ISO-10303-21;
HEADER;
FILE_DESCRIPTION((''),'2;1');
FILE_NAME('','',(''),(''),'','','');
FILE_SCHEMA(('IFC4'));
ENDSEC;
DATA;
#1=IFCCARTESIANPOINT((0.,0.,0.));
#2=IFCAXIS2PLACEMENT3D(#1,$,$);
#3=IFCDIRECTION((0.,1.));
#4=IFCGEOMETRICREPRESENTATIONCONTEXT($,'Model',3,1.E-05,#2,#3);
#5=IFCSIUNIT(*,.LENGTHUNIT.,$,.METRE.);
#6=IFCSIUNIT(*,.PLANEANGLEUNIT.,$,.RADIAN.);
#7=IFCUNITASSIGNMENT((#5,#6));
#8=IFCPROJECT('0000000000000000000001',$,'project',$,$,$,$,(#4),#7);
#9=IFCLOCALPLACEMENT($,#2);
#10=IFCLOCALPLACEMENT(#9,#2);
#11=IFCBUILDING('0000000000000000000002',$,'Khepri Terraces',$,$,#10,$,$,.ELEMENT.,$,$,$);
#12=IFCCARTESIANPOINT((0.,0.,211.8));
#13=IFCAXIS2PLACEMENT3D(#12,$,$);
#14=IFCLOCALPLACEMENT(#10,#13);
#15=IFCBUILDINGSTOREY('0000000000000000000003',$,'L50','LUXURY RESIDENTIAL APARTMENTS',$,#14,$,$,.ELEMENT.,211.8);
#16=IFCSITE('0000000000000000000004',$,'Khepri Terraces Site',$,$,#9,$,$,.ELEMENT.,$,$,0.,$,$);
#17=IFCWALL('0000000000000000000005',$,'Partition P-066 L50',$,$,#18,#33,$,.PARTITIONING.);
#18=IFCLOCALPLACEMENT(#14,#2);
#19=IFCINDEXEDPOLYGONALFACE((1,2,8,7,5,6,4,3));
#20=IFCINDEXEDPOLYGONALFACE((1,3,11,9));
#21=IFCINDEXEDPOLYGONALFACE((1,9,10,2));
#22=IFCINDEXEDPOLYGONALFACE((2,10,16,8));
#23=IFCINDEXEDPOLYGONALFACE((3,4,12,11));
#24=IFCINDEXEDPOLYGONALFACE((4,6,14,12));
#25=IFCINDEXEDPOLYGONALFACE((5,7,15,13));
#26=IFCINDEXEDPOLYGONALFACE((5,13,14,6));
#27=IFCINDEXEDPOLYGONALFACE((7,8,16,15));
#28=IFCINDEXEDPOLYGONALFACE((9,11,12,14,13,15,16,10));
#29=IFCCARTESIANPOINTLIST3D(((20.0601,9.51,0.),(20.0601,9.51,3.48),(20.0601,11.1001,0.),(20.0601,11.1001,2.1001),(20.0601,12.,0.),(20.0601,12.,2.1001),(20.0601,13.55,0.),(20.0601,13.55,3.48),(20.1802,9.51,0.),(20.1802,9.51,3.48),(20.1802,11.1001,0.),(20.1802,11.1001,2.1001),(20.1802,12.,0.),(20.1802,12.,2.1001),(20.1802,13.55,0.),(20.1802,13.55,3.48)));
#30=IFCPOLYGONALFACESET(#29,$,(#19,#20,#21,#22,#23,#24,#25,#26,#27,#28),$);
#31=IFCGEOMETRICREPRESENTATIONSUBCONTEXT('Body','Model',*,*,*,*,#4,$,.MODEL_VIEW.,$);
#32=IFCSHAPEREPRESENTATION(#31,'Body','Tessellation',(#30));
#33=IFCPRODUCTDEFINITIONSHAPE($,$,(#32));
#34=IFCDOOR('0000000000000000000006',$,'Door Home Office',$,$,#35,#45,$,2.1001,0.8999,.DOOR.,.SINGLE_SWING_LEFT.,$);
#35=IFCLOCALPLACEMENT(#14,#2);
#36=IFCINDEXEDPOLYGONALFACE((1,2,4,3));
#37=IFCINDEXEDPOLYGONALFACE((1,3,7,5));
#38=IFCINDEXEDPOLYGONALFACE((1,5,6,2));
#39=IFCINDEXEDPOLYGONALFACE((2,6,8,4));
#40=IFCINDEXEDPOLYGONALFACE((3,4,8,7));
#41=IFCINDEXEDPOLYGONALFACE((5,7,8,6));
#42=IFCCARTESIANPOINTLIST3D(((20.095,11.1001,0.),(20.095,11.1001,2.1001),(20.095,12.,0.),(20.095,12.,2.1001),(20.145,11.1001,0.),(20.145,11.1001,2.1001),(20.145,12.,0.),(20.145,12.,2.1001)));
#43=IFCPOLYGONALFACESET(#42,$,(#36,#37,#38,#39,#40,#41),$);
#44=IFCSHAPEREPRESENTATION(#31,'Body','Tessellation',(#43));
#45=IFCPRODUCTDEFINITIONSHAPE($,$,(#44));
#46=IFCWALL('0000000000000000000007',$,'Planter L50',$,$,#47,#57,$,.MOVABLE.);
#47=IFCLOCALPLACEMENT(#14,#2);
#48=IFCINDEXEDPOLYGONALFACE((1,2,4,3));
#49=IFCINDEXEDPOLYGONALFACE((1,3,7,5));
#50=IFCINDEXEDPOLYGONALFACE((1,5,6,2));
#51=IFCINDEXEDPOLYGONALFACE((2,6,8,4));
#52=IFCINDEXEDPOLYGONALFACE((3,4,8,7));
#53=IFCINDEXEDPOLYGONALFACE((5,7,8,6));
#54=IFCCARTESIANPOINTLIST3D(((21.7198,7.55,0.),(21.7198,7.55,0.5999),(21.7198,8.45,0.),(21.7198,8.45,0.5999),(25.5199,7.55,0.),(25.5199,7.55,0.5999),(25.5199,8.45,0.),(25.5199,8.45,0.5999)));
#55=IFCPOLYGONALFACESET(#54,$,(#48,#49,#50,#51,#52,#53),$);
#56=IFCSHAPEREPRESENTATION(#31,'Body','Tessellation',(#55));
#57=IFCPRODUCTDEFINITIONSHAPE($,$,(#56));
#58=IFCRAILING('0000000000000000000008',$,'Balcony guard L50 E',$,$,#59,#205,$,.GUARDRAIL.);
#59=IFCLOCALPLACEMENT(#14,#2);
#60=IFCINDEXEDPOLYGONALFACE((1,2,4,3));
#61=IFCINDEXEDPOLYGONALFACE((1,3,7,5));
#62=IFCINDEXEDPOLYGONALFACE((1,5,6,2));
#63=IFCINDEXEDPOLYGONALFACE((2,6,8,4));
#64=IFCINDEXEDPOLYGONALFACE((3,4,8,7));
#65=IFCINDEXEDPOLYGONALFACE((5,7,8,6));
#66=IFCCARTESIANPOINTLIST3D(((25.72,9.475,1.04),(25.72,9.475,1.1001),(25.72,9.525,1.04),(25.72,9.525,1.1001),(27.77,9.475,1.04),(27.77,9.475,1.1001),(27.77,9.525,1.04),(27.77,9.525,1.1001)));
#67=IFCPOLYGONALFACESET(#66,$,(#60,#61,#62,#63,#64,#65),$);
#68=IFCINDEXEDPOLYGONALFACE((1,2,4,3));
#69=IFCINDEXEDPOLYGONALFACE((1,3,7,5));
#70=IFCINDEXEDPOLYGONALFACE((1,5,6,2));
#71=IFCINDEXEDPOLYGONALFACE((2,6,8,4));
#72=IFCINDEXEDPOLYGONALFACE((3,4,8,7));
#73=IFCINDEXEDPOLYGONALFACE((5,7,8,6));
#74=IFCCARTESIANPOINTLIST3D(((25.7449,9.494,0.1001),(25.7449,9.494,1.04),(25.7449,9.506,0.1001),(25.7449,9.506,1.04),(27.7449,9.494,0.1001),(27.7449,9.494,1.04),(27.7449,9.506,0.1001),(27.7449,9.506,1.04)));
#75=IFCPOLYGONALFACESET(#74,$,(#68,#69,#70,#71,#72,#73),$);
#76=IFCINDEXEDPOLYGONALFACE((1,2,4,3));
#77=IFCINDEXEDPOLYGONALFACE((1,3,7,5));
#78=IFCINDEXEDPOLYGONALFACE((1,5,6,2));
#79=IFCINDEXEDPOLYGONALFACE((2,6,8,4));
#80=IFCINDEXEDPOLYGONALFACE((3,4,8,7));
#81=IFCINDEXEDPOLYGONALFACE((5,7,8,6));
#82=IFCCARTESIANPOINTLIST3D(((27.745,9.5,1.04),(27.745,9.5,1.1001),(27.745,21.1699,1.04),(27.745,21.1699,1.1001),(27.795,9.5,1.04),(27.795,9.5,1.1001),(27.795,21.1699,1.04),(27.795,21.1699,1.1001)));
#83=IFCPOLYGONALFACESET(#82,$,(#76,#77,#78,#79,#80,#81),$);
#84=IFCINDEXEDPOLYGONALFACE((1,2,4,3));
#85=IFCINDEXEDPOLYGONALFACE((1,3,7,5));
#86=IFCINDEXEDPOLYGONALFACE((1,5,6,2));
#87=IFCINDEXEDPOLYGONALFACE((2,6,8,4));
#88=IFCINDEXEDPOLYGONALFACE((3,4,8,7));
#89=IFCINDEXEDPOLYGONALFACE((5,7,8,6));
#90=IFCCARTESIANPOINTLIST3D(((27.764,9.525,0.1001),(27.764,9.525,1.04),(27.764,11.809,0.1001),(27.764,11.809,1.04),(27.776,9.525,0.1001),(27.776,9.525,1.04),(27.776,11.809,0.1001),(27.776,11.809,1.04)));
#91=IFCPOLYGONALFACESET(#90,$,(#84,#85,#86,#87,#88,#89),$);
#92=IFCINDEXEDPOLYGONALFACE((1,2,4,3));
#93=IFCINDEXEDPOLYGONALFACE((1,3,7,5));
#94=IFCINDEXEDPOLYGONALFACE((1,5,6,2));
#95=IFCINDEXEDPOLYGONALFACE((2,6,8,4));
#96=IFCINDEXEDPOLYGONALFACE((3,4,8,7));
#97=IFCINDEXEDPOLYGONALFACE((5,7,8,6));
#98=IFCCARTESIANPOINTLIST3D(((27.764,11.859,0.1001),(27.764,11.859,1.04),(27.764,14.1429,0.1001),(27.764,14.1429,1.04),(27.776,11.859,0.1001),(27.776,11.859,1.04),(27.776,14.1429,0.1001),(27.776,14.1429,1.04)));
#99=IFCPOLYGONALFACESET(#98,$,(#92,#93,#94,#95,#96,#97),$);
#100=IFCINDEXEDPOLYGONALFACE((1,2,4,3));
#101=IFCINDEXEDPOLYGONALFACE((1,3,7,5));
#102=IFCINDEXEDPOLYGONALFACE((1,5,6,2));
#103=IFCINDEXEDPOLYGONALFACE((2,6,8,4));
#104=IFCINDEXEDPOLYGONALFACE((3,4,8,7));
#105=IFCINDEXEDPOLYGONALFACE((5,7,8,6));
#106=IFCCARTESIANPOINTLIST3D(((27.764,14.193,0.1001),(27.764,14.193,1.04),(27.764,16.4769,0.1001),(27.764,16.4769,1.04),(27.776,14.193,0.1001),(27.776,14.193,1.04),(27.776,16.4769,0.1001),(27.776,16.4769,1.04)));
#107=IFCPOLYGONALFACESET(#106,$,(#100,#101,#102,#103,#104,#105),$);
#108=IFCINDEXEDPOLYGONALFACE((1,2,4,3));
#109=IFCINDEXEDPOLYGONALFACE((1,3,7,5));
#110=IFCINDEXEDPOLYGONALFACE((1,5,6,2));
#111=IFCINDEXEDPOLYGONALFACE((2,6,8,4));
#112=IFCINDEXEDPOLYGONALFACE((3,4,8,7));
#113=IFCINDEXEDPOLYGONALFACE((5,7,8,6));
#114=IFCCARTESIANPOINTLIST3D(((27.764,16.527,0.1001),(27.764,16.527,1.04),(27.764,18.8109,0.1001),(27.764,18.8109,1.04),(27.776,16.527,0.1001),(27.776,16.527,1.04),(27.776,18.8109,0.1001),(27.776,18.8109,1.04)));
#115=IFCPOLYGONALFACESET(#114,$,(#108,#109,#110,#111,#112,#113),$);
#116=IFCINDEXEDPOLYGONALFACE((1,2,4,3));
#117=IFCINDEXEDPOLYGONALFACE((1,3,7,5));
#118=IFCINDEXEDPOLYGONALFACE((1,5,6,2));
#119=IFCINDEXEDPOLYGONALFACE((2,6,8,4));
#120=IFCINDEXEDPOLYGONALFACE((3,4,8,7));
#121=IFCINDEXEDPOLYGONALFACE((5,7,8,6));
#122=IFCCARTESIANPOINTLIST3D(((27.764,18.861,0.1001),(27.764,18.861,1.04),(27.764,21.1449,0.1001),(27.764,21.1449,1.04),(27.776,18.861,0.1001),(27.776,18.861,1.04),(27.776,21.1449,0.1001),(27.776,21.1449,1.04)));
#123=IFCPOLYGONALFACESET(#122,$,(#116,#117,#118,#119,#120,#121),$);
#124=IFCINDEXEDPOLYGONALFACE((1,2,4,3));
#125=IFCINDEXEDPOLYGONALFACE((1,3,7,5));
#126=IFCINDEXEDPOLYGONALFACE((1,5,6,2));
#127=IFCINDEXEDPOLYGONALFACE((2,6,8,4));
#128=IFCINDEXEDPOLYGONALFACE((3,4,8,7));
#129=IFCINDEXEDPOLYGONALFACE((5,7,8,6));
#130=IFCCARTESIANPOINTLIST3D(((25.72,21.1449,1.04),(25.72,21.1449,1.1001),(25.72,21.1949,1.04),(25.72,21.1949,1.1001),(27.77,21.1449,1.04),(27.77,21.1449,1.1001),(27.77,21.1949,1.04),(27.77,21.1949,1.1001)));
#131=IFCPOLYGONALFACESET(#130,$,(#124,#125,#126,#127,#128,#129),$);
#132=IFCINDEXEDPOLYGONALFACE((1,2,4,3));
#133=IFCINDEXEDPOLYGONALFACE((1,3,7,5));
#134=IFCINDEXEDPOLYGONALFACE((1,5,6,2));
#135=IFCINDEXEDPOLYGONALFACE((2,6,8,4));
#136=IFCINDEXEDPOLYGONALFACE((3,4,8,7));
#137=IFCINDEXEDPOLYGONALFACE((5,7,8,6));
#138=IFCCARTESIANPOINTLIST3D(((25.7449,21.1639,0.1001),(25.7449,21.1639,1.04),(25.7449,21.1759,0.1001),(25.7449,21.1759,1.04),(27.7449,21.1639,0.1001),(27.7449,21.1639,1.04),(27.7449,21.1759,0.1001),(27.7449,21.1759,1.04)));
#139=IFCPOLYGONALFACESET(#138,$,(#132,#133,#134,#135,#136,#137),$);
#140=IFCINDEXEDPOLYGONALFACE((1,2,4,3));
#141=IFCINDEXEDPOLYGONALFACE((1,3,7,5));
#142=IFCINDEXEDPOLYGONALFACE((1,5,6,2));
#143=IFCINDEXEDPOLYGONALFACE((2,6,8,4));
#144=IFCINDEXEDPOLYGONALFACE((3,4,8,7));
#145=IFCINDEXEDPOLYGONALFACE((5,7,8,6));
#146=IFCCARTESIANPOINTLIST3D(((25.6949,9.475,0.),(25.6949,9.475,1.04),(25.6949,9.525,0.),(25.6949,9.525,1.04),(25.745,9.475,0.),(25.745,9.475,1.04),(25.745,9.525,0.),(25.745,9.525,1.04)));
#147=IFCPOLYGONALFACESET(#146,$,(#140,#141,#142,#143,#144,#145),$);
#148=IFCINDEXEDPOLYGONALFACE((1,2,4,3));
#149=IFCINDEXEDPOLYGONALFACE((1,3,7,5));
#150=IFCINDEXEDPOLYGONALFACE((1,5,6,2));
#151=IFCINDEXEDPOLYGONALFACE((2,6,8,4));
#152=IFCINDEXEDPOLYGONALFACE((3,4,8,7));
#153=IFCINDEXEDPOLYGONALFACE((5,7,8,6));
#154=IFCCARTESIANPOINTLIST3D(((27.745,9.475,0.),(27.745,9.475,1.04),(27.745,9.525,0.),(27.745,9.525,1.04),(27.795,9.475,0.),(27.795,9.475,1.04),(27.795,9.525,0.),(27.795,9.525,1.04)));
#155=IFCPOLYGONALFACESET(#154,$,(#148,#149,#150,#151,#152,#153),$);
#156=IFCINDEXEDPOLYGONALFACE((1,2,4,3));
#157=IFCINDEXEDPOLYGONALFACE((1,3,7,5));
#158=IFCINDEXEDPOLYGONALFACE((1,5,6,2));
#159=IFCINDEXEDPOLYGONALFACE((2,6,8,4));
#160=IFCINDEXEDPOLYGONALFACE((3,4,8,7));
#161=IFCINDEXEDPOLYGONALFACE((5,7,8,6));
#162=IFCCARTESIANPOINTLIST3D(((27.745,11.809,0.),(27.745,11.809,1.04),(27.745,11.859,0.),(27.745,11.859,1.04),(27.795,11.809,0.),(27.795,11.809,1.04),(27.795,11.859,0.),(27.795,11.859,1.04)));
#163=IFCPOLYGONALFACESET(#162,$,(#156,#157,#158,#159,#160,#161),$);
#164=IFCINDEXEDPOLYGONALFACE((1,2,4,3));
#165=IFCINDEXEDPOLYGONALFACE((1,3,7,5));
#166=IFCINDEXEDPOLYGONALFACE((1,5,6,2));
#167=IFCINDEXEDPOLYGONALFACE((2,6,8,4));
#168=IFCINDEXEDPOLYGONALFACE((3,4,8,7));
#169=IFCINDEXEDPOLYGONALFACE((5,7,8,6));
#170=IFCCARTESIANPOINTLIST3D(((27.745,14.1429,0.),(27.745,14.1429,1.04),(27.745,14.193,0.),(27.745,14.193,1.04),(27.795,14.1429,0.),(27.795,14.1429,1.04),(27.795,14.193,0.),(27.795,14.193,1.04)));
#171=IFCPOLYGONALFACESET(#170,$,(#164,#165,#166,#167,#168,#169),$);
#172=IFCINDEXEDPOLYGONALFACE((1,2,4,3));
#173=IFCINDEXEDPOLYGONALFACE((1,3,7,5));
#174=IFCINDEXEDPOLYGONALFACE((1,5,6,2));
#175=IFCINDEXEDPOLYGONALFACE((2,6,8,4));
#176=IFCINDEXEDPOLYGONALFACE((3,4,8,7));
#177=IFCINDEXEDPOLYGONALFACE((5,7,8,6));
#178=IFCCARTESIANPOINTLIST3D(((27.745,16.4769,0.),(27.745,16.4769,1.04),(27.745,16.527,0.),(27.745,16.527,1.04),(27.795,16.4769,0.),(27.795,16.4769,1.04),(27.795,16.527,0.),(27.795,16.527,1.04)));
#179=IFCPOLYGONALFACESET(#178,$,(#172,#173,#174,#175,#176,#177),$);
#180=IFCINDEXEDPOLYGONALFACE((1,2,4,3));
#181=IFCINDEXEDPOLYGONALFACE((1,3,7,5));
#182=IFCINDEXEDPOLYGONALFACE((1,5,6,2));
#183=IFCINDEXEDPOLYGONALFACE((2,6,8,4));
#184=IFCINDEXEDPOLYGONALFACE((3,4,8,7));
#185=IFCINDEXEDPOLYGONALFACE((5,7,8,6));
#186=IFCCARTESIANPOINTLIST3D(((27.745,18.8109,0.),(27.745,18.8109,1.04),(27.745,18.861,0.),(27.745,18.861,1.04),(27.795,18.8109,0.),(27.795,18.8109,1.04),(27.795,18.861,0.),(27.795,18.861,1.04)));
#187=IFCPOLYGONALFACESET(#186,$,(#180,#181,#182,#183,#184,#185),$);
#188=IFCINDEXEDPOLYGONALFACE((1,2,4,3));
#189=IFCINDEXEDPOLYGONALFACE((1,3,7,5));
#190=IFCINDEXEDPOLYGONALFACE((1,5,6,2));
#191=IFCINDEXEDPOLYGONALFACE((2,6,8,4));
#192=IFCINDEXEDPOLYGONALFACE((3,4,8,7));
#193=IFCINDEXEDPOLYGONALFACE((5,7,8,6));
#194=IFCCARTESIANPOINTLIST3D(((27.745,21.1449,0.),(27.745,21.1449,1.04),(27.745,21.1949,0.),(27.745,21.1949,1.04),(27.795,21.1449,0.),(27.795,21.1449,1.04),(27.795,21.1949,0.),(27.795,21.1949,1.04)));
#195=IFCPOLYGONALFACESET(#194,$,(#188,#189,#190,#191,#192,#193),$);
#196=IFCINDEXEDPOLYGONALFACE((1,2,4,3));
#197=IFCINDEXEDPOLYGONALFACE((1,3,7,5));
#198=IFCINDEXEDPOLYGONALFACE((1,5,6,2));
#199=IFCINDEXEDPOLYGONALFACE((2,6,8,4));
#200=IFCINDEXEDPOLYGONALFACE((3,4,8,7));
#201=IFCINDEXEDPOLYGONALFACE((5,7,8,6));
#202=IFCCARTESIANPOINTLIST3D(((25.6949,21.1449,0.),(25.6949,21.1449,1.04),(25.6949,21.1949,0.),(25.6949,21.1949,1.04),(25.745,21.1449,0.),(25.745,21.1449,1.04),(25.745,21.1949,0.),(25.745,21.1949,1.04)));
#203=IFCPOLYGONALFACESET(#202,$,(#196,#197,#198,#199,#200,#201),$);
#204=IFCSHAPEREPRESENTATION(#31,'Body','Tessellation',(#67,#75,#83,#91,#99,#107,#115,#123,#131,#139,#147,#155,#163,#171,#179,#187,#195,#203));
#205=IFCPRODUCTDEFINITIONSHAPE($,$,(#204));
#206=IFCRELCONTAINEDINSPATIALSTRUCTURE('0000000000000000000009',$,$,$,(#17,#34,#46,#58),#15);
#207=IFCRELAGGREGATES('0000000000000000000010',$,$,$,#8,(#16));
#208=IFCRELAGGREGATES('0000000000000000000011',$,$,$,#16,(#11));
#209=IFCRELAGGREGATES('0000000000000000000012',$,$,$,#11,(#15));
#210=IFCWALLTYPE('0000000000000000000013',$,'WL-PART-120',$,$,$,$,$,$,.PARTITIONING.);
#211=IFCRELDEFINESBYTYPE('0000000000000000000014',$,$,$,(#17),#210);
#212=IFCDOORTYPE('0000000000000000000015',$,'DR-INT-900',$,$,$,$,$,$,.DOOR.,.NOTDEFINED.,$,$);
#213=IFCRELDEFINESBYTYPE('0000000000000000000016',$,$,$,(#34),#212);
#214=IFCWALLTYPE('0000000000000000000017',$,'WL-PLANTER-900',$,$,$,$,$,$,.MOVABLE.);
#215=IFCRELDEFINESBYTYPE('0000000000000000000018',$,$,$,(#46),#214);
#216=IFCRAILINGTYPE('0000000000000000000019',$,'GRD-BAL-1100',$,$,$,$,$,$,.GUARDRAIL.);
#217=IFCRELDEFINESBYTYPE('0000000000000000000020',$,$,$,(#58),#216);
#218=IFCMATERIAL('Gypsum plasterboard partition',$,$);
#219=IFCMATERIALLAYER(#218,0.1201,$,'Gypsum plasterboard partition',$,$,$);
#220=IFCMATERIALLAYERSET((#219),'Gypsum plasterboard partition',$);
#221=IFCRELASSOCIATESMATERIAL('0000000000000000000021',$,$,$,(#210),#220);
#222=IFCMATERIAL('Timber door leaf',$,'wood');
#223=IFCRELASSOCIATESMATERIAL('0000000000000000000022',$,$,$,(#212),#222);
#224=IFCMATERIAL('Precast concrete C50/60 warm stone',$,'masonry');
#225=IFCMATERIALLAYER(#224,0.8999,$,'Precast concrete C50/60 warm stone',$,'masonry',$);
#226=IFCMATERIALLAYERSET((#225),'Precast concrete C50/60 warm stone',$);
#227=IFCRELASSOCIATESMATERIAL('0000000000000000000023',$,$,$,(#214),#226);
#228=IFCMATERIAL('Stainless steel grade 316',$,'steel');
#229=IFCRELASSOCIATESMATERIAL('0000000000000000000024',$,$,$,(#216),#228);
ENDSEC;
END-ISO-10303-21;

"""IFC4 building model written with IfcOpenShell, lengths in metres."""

from ifc_helpers import new_model, si_unit, direction, frame, frame_2d, origin, origin_2d, place, context, subcontext, project, spatial, rectangle, extrude, material, layer, layer_set, type_object, element, fill, save


model = new_model("IFC4")

# Units and contexts
model_context = context("Model", 3, precision=1e-05, world=origin(), true_north=direction((0.0, 1.0)))
body_context = subcontext(model_context, "Body", "Model", "MODEL_VIEW")
ifc_project = project(units=[si_unit("LENGTHUNIT", "METRE"), si_unit("PLANEANGLEUNIT", "RADIAN")], contexts=[model_context])

# Site, building, storey
site_placement = place(None, origin())
site = spatial("IfcSite", under=ifc_project, at=site_placement, Name="Khepri Terraces Site", CompositionType="ELEMENT", RefElevation=0.0)
building_placement = place(site_placement, origin())
building = spatial("IfcBuilding", under=site, at=building_placement, Name="Khepri Terraces", CompositionType="ELEMENT")
storey_placement = place(building_placement, frame((0.0, 0.0, 211.8)))
storey = spatial("IfcBuildingStorey", under=building, at=storey_placement, Name="L50", Description="LUXURY RESIDENTIAL APARTMENTS", CompositionType="ELEMENT", Elevation=211.8)

# Shared definitions
ifc_material_1 = material(Name="Precast concrete C50/60 warm stone", Category="masonry")

# Shared definitions
ifc_material_2 = material(Name="Gypsum plasterboard partition")
ifc_layer_1 = layer(ifc_material_2, 0.1201, Name="Gypsum plasterboard partition")
ifc_layer_set_1 = layer_set([ifc_layer_1], Name="Gypsum plasterboard partition")
wall_type_1 = type_object("IfcWallType", Name="WL-PART-120", PredefinedType="PARTITIONING", material=ifc_layer_set_1)

# Shared definitions
ifc_material_3 = material(Name="Timber door leaf", Category="wood")
door_type_1 = type_object("IfcDoorType", Name="DR-INT-900", OperationType="NOTDEFINED", PredefinedType="DOOR", material=ifc_material_3)

# Wall, opening, door
wall_1_placement = place(storey_placement, frame((20.1201, 9.51, 0.0), z_axis=(0.0, 0.0, 1.0), x_axis=(0.0, 1.0, 0.0)))
wall_1 = element("IfcWall", 1, at=wall_1_placement, inside=storey, type_object=wall_type_1, Name="Partition P-066 L50", PredefinedType="PARTITIONING", context=body_context, shape_type="SweptSolid", body=[
    extrude(rectangle(XDim=4.04, YDim=0.1201, at=frame_2d((2.02, 0.0))), origin(), (0.0, 0.0, 1.0), 3.48),
])
opening_1_placement = place(wall_1_placement, frame((1.5901, 0.0, 0.0)))
opening_1 = element("IfcOpeningElement", 2, at=opening_1_placement, cuts=wall_1, PredefinedType="OPENING", context=body_context, shape_type="SweptSolid", body=[
    extrude(rectangle(XDim=0.8999, YDim=2.1001, at=frame_2d((0.45, 1.05))), frame((0.0, 0.0701, 0.0), z_axis=(0.0, -1.0, 0.0), x_axis=(1.0, 0.0, 0.0)), (0.0, 0.0, 1.0), 0.1401),
])
door_1_placement = place(opening_1_placement, frame((0.8999, 0.0, 0.0), z_axis=(0.0, 0.0, 1.0), x_axis=(-1.0, 0.0, 0.0)))
door_1 = element("IfcDoor", 3, at=door_1_placement, inside=storey, type_object=door_type_1, Name="Door Home Office", OperationType="SINGLE_SWING_LEFT", OverallHeight=2.1001, OverallWidth=0.8999, PredefinedType="DOOR", context=body_context, shape_type="SweptSolid", body=[
    extrude(rectangle(XDim=0.8999, YDim=2.1001, at=frame_2d((0.45, 1.05))), frame((0.0, 0.0249, 0.0), z_axis=(0.0, -1.0, 0.0), x_axis=(1.0, 0.0, 0.0)), (0.0, 0.0, 1.0), 0.05),
])
fill(opening_1, door_1)

# Wall
ifc_layer_2 = layer(ifc_material_1, 0.8999, Name="Precast concrete C50/60 warm stone", Category="masonry")
ifc_layer_set_2 = layer_set([ifc_layer_2], Name="Precast concrete C50/60 warm stone")
wall_type_2 = type_object("IfcWallType", Name="WL-PLANTER-900", PredefinedType="MOVABLE", material=ifc_layer_set_2)
wall_2_placement = place(storey_placement, frame((21.72, 8.0, 0.0), z_axis=(0.0, 0.0, 1.0), x_axis=(1.0, 0.0, 0.0)))
element("IfcWall", 4, at=wall_2_placement, inside=storey, type_object=wall_type_2, Name="Planter L50", PredefinedType="MOVABLE", context=body_context, shape_type="SweptSolid", body=[
    extrude(rectangle(XDim=3.8, YDim=0.8999, at=frame_2d((1.8999, 0.0))), origin(), (0.0, 0.0, 1.0), 0.5999),
])

# Railing
ifc_material_4 = material(Name="Stainless steel grade 316", Category="steel")
railing_type_1 = type_object("IfcRailingType", Name="GRD-BAL-1100", PredefinedType="GUARDRAIL", material=ifc_material_4)
railing_1_placement = place(storey_placement, frame((25.72, 9.5, 0.0)))
element("IfcRailing", 5, at=railing_1_placement, inside=storey, type_object=railing_type_1, Name="Balcony guard L50 E", PredefinedType="GUARDRAIL", context=body_context, shape_type="SweptSolid", body=[
    extrude(rectangle(XDim=0.05, YDim=0.0601, at=origin_2d()), frame((0.0, 0.0, 1.0701), z_axis=(1.0, 0.0, 0.0), x_axis=(0.0, 1.0, 0.0)), (0.0, 0.0, 1.0), 2.05),
    extrude(rectangle(XDim=2.0, YDim=0.012, at=origin_2d()), frame((1.0249, 0.0, 0.1001), z_axis=(0.0, 0.0, 1.0), x_axis=(1.0, 0.0, 0.0)), (0.0, 0.0, 1.0), 0.9399),
    extrude(rectangle(XDim=0.05, YDim=0.0601, at=origin_2d()), frame((2.05, 0.0, 1.0701), z_axis=(0.0, 1.0, 0.0), x_axis=(-1.0, 0.0, 0.0)), (0.0, 0.0, 1.0), 11.6699),
    extrude(rectangle(XDim=2.2839, YDim=0.012, at=origin_2d()), frame((2.05, 1.167, 0.1001), z_axis=(0.0, 0.0, 1.0), x_axis=(0.0, 1.0, 0.0)), (0.0, 0.0, 1.0), 0.9399),
    extrude(rectangle(XDim=2.2839, YDim=0.012, at=origin_2d()), frame((2.05, 3.501, 0.1001), z_axis=(0.0, 0.0, 1.0), x_axis=(0.0, 1.0, 0.0)), (0.0, 0.0, 1.0), 0.9399),
    extrude(rectangle(XDim=2.2839, YDim=0.012, at=origin_2d()), frame((2.05, 5.835, 0.1001), z_axis=(0.0, 0.0, 1.0), x_axis=(0.0, 1.0, 0.0)), (0.0, 0.0, 1.0), 0.9399),
    extrude(rectangle(XDim=2.2839, YDim=0.012, at=origin_2d()), frame((2.05, 8.1689, 0.1001), z_axis=(0.0, 0.0, 1.0), x_axis=(0.0, 1.0, 0.0)), (0.0, 0.0, 1.0), 0.9399),
    extrude(rectangle(XDim=2.2839, YDim=0.012, at=origin_2d()), frame((2.05, 10.5029, 0.1001), z_axis=(0.0, 0.0, 1.0), x_axis=(0.0, 1.0, 0.0)), (0.0, 0.0, 1.0), 0.9399),
    extrude(rectangle(XDim=0.05, YDim=0.0601, at=origin_2d()), frame((2.05, 11.6699, 1.0701), z_axis=(-1.0, 0.0, 0.0), x_axis=(0.0, -1.0, 0.0)), (0.0, 0.0, 1.0), 2.05),
    extrude(rectangle(XDim=2.0, YDim=0.012, at=origin_2d()), frame((1.0249, 11.6699, 0.1001), z_axis=(0.0, 0.0, 1.0), x_axis=(-1.0, 0.0, 0.0)), (0.0, 0.0, 1.0), 0.9399),
    extrude(rectangle(XDim=0.05, YDim=0.05, at=origin_2d()), origin(), (0.0, 0.0, 1.0), 1.04),
    extrude(rectangle(XDim=0.05, YDim=0.05, at=origin_2d()), frame((2.05, 0.0, 0.0)), (0.0, 0.0, 1.0), 1.04),
    extrude(rectangle(XDim=0.05, YDim=0.05, at=origin_2d()), frame((2.05, 2.334, 0.0)), (0.0, 0.0, 1.0), 1.04),
    extrude(rectangle(XDim=0.05, YDim=0.05, at=origin_2d()), frame((2.05, 4.668, 0.0)), (0.0, 0.0, 1.0), 1.04),
    extrude(rectangle(XDim=0.05, YDim=0.05, at=origin_2d()), frame((2.05, 7.002, 0.0)), (0.0, 0.0, 1.0), 1.04),
    extrude(rectangle(XDim=0.05, YDim=0.05, at=origin_2d()), frame((2.05, 9.3359, 0.0)), (0.0, 0.0, 1.0), 1.04),
    extrude(rectangle(XDim=0.05, YDim=0.05, at=origin_2d()), frame((2.05, 11.6699, 0.0)), (0.0, 0.0, 1.0), 1.04),
    extrude(rectangle(XDim=0.05, YDim=0.05, at=origin_2d()), frame((0.0, 11.6699, 0.0)), (0.0, 0.0, 1.0), 1.04),
])

save(model, "model.ifc")
